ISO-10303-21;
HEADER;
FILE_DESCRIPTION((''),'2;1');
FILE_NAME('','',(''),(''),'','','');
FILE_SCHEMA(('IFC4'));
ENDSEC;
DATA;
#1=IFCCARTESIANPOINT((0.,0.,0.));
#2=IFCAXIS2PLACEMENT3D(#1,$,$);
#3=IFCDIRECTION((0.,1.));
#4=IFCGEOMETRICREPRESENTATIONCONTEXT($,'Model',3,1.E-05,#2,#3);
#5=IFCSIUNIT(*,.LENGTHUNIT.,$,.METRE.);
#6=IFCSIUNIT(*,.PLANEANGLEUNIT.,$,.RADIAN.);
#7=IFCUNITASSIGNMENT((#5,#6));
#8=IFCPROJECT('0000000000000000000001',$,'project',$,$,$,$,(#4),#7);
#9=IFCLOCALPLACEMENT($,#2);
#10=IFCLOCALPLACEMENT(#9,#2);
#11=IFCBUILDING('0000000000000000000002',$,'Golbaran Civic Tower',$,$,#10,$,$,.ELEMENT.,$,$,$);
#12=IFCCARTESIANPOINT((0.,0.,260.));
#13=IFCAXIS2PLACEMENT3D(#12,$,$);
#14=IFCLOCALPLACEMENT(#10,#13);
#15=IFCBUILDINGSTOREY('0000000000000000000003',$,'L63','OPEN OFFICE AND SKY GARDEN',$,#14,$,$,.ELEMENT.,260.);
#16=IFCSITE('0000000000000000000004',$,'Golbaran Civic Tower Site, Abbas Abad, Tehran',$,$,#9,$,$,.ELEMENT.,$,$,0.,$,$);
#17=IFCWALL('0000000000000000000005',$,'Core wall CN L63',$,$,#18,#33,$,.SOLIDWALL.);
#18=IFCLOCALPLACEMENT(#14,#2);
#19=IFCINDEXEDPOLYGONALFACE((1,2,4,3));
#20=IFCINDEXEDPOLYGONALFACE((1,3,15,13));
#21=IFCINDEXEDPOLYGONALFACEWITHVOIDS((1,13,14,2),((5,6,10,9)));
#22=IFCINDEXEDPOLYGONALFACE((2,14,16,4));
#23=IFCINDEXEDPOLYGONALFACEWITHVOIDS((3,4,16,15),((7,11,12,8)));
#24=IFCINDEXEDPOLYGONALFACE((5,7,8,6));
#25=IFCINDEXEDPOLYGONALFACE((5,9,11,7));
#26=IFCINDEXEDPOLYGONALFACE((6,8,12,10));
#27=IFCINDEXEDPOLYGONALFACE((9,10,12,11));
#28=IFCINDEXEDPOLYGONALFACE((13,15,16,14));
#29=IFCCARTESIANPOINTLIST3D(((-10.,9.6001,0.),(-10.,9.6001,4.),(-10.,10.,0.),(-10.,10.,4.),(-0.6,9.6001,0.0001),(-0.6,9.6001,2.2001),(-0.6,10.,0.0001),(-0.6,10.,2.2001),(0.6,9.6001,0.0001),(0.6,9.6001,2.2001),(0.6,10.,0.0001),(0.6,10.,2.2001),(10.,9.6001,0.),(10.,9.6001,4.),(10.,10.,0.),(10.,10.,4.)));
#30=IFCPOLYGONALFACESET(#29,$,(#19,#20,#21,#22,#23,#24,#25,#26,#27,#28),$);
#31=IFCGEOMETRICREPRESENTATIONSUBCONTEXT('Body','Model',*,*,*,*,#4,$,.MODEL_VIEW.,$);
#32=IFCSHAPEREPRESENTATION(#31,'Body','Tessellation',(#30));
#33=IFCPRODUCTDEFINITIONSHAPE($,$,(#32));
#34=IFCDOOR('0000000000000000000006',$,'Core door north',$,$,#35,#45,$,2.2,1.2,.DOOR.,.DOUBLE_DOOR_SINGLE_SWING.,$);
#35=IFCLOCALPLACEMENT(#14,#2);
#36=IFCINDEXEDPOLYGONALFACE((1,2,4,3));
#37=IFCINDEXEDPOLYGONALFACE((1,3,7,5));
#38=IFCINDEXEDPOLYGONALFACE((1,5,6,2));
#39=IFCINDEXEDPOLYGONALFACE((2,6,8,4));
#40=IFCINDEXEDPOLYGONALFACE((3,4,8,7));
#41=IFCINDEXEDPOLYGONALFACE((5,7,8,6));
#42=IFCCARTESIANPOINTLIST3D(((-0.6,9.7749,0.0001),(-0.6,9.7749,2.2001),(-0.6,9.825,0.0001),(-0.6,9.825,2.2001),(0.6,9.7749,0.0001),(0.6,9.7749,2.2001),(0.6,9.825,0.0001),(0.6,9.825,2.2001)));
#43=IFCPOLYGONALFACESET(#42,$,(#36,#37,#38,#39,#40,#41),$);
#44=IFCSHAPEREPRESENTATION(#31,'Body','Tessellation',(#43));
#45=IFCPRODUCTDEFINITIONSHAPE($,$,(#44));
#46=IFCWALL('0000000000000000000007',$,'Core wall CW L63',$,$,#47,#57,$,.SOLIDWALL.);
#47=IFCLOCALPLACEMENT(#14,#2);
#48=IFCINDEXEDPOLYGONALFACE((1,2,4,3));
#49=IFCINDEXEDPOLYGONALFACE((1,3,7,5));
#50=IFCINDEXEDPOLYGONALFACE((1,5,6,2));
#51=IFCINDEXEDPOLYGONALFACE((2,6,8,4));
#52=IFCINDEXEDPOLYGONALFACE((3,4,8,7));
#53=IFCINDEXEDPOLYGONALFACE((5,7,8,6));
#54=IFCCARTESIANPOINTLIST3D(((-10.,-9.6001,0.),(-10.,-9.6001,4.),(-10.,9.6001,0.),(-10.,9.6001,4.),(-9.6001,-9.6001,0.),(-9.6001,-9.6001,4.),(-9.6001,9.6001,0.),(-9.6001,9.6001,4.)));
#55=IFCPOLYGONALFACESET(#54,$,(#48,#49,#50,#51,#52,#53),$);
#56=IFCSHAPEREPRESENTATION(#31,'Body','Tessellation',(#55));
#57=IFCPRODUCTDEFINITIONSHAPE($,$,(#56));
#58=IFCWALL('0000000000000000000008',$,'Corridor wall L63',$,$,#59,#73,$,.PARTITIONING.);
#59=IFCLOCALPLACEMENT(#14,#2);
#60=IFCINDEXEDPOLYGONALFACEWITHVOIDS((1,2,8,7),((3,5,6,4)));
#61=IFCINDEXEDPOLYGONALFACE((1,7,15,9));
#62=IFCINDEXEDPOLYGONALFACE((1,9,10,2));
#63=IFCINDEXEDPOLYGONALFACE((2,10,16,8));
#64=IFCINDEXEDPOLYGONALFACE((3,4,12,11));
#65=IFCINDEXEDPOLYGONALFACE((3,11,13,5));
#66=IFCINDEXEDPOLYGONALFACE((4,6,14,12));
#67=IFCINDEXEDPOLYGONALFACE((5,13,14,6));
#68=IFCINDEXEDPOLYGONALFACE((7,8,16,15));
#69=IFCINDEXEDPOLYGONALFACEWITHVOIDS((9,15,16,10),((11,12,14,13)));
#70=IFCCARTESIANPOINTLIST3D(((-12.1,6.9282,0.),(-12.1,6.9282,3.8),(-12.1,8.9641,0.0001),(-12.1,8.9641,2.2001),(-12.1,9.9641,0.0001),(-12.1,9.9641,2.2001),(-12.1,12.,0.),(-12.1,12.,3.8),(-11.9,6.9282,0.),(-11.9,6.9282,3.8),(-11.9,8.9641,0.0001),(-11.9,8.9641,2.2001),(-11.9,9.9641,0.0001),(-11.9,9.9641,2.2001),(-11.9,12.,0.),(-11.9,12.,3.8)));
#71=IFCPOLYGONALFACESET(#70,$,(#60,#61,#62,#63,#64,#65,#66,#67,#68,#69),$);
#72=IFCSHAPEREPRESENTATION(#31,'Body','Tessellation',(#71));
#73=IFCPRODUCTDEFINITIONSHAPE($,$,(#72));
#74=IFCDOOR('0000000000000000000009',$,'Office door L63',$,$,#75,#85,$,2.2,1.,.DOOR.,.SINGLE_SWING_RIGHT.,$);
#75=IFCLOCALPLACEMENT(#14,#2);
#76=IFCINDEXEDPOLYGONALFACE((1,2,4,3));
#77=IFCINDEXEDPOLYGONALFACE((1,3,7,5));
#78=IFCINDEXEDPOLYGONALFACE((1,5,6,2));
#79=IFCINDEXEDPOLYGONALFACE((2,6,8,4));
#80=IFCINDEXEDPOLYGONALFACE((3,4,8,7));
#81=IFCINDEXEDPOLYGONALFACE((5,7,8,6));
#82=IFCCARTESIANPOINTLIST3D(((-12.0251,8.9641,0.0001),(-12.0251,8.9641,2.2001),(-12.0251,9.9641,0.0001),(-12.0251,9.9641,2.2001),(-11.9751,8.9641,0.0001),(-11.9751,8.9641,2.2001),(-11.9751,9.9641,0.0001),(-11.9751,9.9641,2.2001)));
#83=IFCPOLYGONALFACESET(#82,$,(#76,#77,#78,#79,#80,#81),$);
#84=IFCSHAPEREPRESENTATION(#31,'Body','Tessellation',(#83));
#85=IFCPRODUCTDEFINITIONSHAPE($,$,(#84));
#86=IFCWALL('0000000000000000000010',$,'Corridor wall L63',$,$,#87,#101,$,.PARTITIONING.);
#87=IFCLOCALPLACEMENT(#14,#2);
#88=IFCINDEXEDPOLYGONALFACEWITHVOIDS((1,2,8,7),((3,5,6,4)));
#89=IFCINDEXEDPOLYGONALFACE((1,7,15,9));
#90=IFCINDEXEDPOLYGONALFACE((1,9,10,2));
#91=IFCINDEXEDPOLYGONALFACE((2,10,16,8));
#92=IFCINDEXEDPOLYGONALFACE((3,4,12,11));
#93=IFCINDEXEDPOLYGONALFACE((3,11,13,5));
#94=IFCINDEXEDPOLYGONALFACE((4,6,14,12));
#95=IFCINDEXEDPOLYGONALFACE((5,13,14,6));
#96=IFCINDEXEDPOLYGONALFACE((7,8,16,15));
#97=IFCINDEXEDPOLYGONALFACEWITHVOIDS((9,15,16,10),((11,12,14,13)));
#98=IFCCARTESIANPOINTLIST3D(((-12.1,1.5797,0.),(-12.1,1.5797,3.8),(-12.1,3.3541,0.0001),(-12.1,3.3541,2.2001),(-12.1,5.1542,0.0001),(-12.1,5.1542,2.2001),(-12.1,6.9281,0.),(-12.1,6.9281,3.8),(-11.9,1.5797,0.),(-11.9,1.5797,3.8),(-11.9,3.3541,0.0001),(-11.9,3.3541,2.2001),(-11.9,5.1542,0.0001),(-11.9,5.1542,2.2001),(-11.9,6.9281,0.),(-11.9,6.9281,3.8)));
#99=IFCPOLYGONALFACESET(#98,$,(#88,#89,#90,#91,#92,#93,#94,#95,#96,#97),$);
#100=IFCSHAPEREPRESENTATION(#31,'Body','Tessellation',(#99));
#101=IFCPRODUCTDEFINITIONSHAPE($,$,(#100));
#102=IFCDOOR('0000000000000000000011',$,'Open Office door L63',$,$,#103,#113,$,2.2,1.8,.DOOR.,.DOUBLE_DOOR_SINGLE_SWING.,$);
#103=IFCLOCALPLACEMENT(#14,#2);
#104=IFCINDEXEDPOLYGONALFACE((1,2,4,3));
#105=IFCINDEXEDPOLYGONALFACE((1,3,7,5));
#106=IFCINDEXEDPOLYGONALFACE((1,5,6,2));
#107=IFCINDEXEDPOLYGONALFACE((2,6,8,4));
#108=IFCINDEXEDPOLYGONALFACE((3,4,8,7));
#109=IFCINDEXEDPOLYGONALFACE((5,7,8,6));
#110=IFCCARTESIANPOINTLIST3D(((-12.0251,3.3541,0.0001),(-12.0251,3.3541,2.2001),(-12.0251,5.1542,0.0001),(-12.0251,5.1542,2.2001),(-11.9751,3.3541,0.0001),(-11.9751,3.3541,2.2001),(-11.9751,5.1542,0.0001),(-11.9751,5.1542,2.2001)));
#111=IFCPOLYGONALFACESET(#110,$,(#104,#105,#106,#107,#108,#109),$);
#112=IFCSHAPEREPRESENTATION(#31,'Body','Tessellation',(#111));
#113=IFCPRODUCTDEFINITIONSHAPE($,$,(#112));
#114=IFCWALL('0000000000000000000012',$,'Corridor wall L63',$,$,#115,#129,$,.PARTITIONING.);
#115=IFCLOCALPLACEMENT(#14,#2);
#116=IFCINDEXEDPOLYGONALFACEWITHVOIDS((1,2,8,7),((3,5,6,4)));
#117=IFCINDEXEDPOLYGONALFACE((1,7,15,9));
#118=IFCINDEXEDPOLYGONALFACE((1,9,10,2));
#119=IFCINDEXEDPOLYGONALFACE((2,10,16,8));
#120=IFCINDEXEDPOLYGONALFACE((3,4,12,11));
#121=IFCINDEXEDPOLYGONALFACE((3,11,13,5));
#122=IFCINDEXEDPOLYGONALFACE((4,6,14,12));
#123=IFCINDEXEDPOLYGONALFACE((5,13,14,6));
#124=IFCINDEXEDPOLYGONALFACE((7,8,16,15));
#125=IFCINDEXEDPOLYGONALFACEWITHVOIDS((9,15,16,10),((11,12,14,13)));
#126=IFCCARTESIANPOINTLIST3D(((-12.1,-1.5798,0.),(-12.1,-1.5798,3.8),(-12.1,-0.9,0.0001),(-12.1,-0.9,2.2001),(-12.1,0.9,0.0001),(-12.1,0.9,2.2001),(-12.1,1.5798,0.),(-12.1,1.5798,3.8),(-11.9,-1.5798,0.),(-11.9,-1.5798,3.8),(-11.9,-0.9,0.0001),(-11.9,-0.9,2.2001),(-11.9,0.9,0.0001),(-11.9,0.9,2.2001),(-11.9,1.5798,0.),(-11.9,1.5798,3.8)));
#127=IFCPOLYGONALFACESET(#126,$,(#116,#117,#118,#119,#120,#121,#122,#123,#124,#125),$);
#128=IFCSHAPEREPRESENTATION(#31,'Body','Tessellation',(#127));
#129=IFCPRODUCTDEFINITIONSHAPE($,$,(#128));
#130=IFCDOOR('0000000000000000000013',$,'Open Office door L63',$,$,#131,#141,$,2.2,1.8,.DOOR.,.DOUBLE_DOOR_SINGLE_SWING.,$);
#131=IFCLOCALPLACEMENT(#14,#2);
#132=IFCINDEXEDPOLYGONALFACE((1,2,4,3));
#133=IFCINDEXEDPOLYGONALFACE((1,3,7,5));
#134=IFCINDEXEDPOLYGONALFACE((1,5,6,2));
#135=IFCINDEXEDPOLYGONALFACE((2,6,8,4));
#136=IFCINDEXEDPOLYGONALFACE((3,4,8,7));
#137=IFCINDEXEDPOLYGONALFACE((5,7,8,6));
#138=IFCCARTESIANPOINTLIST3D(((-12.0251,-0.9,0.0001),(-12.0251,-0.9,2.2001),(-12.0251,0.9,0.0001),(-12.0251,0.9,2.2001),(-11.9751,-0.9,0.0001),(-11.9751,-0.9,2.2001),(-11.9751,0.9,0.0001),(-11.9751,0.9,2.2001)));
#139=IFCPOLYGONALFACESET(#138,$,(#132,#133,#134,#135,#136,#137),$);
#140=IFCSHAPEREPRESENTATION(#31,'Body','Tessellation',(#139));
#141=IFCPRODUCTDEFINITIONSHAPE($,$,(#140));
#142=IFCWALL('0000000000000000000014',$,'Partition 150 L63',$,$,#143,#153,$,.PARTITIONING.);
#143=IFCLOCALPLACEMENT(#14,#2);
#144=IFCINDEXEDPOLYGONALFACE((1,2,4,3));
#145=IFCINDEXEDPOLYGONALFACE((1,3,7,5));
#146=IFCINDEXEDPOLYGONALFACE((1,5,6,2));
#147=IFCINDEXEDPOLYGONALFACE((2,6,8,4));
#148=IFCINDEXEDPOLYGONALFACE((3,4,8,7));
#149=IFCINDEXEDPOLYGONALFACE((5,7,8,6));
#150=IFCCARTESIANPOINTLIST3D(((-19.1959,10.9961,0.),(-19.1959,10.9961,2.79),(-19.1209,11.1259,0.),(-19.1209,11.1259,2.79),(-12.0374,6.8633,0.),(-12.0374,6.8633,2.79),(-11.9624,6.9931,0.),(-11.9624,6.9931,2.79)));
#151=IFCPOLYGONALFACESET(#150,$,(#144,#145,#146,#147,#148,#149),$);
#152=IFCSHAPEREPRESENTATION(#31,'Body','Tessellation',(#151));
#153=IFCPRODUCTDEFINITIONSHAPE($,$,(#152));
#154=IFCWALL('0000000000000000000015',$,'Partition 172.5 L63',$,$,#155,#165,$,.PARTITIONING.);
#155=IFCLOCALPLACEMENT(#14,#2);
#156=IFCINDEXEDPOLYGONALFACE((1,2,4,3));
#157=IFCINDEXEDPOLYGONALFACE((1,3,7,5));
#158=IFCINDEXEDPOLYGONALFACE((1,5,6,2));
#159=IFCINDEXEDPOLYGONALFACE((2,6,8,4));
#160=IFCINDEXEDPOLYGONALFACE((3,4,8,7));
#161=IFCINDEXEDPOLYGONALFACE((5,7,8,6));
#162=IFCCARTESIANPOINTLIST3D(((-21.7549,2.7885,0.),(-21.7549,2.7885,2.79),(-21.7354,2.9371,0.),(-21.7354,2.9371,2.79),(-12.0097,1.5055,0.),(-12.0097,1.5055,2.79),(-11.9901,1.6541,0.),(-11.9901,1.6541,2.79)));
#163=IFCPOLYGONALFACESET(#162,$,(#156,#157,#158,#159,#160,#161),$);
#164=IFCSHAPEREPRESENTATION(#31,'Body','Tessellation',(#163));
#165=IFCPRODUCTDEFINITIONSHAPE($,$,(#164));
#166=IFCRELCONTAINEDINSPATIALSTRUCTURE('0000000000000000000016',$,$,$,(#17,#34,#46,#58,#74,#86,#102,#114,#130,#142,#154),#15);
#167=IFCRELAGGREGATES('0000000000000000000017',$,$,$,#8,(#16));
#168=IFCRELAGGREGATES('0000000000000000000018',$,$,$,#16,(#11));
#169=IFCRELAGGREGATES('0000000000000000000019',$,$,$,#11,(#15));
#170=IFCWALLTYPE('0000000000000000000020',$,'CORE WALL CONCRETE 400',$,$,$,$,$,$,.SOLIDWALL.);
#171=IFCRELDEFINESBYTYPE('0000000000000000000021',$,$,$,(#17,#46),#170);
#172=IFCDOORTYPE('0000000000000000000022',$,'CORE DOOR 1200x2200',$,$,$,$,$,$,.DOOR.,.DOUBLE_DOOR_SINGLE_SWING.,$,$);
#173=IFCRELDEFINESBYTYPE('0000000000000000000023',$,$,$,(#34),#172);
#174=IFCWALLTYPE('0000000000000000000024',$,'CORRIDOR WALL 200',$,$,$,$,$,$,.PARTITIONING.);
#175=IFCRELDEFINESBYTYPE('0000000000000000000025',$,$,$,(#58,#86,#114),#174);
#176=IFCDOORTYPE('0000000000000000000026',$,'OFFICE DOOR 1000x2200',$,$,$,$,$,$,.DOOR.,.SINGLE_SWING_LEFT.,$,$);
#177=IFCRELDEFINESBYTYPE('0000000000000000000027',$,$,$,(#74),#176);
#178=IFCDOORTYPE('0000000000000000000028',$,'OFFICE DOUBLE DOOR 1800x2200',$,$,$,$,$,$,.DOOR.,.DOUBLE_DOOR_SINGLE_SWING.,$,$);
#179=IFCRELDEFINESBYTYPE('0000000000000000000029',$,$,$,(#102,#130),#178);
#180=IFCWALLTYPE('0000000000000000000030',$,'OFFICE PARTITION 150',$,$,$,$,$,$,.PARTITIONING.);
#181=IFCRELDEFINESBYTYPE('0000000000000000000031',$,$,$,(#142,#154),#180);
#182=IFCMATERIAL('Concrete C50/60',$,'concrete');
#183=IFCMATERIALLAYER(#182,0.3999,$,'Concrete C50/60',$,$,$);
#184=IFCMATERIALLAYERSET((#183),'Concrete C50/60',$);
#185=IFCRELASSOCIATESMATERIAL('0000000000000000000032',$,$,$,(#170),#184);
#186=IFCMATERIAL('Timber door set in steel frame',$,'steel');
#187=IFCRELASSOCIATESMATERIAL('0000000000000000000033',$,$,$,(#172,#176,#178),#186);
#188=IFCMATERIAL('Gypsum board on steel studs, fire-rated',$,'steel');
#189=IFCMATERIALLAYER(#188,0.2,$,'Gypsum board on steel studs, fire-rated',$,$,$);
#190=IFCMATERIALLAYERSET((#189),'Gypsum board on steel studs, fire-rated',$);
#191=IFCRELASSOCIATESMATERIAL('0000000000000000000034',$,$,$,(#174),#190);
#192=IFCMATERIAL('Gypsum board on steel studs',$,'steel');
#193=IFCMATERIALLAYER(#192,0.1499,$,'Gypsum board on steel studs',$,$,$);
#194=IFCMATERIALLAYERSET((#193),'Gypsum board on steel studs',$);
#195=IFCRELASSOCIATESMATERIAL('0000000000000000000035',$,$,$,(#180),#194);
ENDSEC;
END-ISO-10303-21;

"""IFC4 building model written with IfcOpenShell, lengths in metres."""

from ifc_helpers import new_model, si_unit, direction, frame, frame_2d, origin, place, context, subcontext, project, spatial, rectangle, extrude, material, layer, layer_set, type_object, element, fill, save


model = new_model("IFC4")

# Units and contexts
model_context = context("Model", 3, precision=1e-05, world=origin(), true_north=direction((0.0, 1.0)))
body_context = subcontext(model_context, "Body", "Model", "MODEL_VIEW")
ifc_project = project(units=[si_unit("LENGTHUNIT", "METRE"), si_unit("PLANEANGLEUNIT", "RADIAN")], contexts=[model_context])

# Site, building, storey
site_placement = place(None, origin())
site = spatial("IfcSite", under=ifc_project, at=site_placement, Name="Golbaran Civic Tower Site, Abbas Abad, Tehran", CompositionType="ELEMENT", RefElevation=0.0)
building_placement = place(site_placement, origin())
building = spatial("IfcBuilding", under=site, at=building_placement, Name="Golbaran Civic Tower", CompositionType="ELEMENT")
storey_placement = place(building_placement, frame((0.0, 0.0, 260.0)))
storey = spatial("IfcBuildingStorey", under=building, at=storey_placement, Name="L63", Description="OPEN OFFICE AND SKY GARDEN", CompositionType="ELEMENT", Elevation=260.0)

# Wall, opening, door
ifc_material_1 = material(Name="Concrete C50/60", Category="concrete")
ifc_layer_1 = layer(ifc_material_1, 0.3999, Name="Concrete C50/60")
ifc_layer_set_1 = layer_set([ifc_layer_1], Name="Concrete C50/60")
wall_type_1 = type_object("IfcWallType", Name="CORE WALL CONCRETE 400", PredefinedType="SOLIDWALL", material=ifc_layer_set_1)
wall_1_placement = place(storey_placement, frame((-10.0, 9.8, 0.0), z_axis=(0.0, 0.0, 1.0), x_axis=(1.0, 0.0, 0.0)))
wall_1 = element("IfcWall", 1, at=wall_1_placement, inside=storey, type_object=wall_type_1, Name="Core wall CN L63", PredefinedType="SOLIDWALL", context=body_context, shape_type="SweptSolid", body=[
    extrude(rectangle(XDim=20.0, YDim=0.3999, at=frame_2d((10.0, 0.0))), origin(), (0.0, 0.0, 1.0), 4.0),
])
opening_1_placement = place(wall_1_placement, frame((9.3999, 0.0, 0.0)))
opening_1 = element("IfcOpeningElement", 2, at=opening_1_placement, cuts=wall_1, PredefinedType="OPENING", context=body_context, shape_type="SweptSolid", body=[
    extrude(rectangle(XDim=1.2, YDim=2.2, at=frame_2d((0.6001, 1.1001))), frame((0.0, 0.21, 0.0), z_axis=(0.0, -1.0, 0.0), x_axis=(1.0, 0.0, 0.0)), (0.0, 0.0, 1.0), 0.4199),
])
ifc_material_2 = material(Name="Timber door set in steel frame", Category="steel")
door_type_1 = type_object("IfcDoorType", Name="CORE DOOR 1200x2200", OperationType="DOUBLE_DOOR_SINGLE_SWING", PredefinedType="DOOR", material=ifc_material_2)
door_1_placement = place(opening_1_placement, origin())
door_1 = element("IfcDoor", 3, at=door_1_placement, inside=storey, type_object=door_type_1, Name="Core door north", OperationType="DOUBLE_DOOR_SINGLE_SWING", OverallHeight=2.2, OverallWidth=1.2, PredefinedType="DOOR", context=body_context, shape_type="SweptSolid", body=[
    extrude(rectangle(XDim=1.2, YDim=2.2, at=frame_2d((0.6001, 1.1001))), frame((0.0, 0.0249, 0.0), z_axis=(0.0, -1.0, 0.0), x_axis=(1.0, 0.0, 0.0)), (0.0, 0.0, 1.0), 0.05),
])
fill(opening_1, door_1)

# Wall
wall_2_placement = place(storey_placement, frame((-9.8, 9.6001, 0.0), z_axis=(0.0, 0.0, 1.0), x_axis=(0.0, -1.0, 0.0)))
element("IfcWall", 4, at=wall_2_placement, inside=storey, type_object=wall_type_1, Name="Core wall CW L63", PredefinedType="SOLIDWALL", context=body_context, shape_type="SweptSolid", body=[
    extrude(rectangle(XDim=19.2002, YDim=0.3999, at=frame_2d((9.6001, 0.0))), origin(), (0.0, 0.0, 1.0), 4.0),
])

# Walls, openings, doors
ifc_material_3 = material(Name="Gypsum board on steel studs, fire-rated", Category="steel")
ifc_layer_2 = layer(ifc_material_3, 0.2, Name="Gypsum board on steel studs, fire-rated")
ifc_layer_set_2 = layer_set([ifc_layer_2], Name="Gypsum board on steel studs, fire-rated")
wall_type_2 = type_object("IfcWallType", Name="CORRIDOR WALL 200", PredefinedType="PARTITIONING", material=ifc_layer_set_2)
wall_3_placement = place(storey_placement, frame((-12.0, 12.0, 0.0), z_axis=(0.0, 0.0, 1.0), x_axis=(0.0, -1.0, 0.0)))
wall_3 = element("IfcWall", 5, at=wall_3_placement, inside=storey, type_object=wall_type_2, Name="Corridor wall L63", PredefinedType="PARTITIONING", context=body_context, shape_type="SweptSolid", body=[
    extrude(rectangle(XDim=5.0718, YDim=0.2, at=frame_2d((2.5359, 0.0))), origin(), (0.0, 0.0, 1.0), 3.8),
])
opening_2_placement = place(wall_3_placement, frame((2.0359, 0.0, 0.0)))
opening_2 = element("IfcOpeningElement", 6, at=opening_2_placement, cuts=wall_3, PredefinedType="OPENING", context=body_context, shape_type="SweptSolid", body=[
    extrude(rectangle(XDim=1.0, YDim=2.2, at=frame_2d((0.5, 1.1001))), frame((0.0, 0.1099, 0.0), z_axis=(0.0, -1.0, 0.0), x_axis=(1.0, 0.0, 0.0)), (0.0, 0.0, 1.0), 0.22),
])
door_type_2 = type_object("IfcDoorType", Name="OFFICE DOOR 1000x2200", OperationType="SINGLE_SWING_LEFT", PredefinedType="DOOR", material=ifc_material_2)
door_2_placement = place(opening_2_placement, origin())
door_2 = element("IfcDoor", 7, at=door_2_placement, inside=storey, type_object=door_type_2, Name="Office door L63", OperationType="SINGLE_SWING_RIGHT", OverallHeight=2.2, OverallWidth=1.0, PredefinedType="DOOR", context=body_context, shape_type="SweptSolid", body=[
    extrude(rectangle(XDim=1.0, YDim=2.2, at=frame_2d((0.5, 1.1001))), frame((0.0, 0.0249, 0.0), z_axis=(0.0, -1.0, 0.0), x_axis=(1.0, 0.0, 0.0)), (0.0, 0.0, 1.0), 0.05),
])
fill(opening_2, door_2)
wall_4_placement = place(storey_placement, frame((-12.0, 6.9282, 0.0), z_axis=(0.0, 0.0, 1.0), x_axis=(0.0, -1.0, 0.0)))
wall_4 = element("IfcWall", 8, at=wall_4_placement, inside=storey, type_object=wall_type_2, Name="Corridor wall L63", PredefinedType="PARTITIONING", context=body_context, shape_type="SweptSolid", body=[
    extrude(rectangle(XDim=5.3484, YDim=0.2, at=frame_2d((2.6743, 0.0))), origin(), (0.0, 0.0, 1.0), 3.8),
])
opening_3_placement = place(wall_4_placement, frame((1.7742, 0.0, 0.0)))
opening_3 = element("IfcOpeningElement", 9, at=opening_3_placement, cuts=wall_4, PredefinedType="OPENING", context=body_context, shape_type="SweptSolid", body=[
    extrude(rectangle(XDim=1.8, YDim=2.2, at=frame_2d((0.8999, 1.1001))), frame((0.0, 0.1099, 0.0), z_axis=(0.0, -1.0, 0.0), x_axis=(1.0, 0.0, 0.0)), (0.0, 0.0, 1.0), 0.22),
])
door_type_3 = type_object("IfcDoorType", Name="OFFICE DOUBLE DOOR 1800x2200", OperationType="DOUBLE_DOOR_SINGLE_SWING", PredefinedType="DOOR", material=ifc_material_2)
door_3_placement = place(opening_3_placement, origin())
door_3 = element("IfcDoor", 10, at=door_3_placement, inside=storey, type_object=door_type_3, Name="Open Office door L63", OperationType="DOUBLE_DOOR_SINGLE_SWING", OverallHeight=2.2, OverallWidth=1.8, PredefinedType="DOOR", context=body_context, shape_type="SweptSolid", body=[
    extrude(rectangle(XDim=1.8, YDim=2.2, at=frame_2d((0.8999, 1.1001))), frame((0.0, 0.0249, 0.0), z_axis=(0.0, -1.0, 0.0), x_axis=(1.0, 0.0, 0.0)), (0.0, 0.0, 1.0), 0.05),
])
fill(opening_3, door_3)
wall_5_placement = place(storey_placement, frame((-12.0, 1.5798, 0.0), z_axis=(0.0, 0.0, 1.0), x_axis=(0.0, -1.0, 0.0)))
wall_5 = element("IfcWall", 11, at=wall_5_placement, inside=storey, type_object=wall_type_2, Name="Corridor wall L63", PredefinedType="PARTITIONING", context=body_context, shape_type="SweptSolid", body=[
    extrude(rectangle(XDim=3.1597, YDim=0.2, at=frame_2d((1.5798, 0.0))), origin(), (0.0, 0.0, 1.0), 3.8),
])
opening_4_placement = place(wall_5_placement, frame((0.6799, 0.0, 0.0)))
opening_4 = element("IfcOpeningElement", 12, at=opening_4_placement, cuts=wall_5, PredefinedType="OPENING", context=body_context, shape_type="SweptSolid", body=[
    extrude(rectangle(XDim=1.8, YDim=2.2, at=frame_2d((0.8999, 1.1001))), frame((0.0, 0.1099, 0.0), z_axis=(0.0, -1.0, 0.0), x_axis=(1.0, 0.0, 0.0)), (0.0, 0.0, 1.0), 0.22),
])
door_4_placement = place(opening_4_placement, origin())
door_4 = element("IfcDoor", 13, at=door_4_placement, inside=storey, type_object=door_type_3, Name="Open Office door L63", OperationType="DOUBLE_DOOR_SINGLE_SWING", OverallHeight=2.2, OverallWidth=1.8, PredefinedType="DOOR", context=body_context, shape_type="SweptSolid", body=[
    extrude(rectangle(XDim=1.8, YDim=2.2, at=frame_2d((0.8999, 1.1001))), frame((0.0, 0.0249, 0.0), z_axis=(0.0, -1.0, 0.0), x_axis=(1.0, 0.0, 0.0)), (0.0, 0.0, 1.0), 0.05),
])
fill(opening_4, door_4)

# Walls
ifc_material_4 = material(Name="Gypsum board on steel studs", Category="steel")
ifc_layer_3 = layer(ifc_material_4, 0.1499, Name="Gypsum board on steel studs")
ifc_layer_set_3 = layer_set([ifc_layer_3], Name="Gypsum board on steel studs")
wall_type_3 = type_object("IfcWallType", Name="OFFICE PARTITION 150", PredefinedType="PARTITIONING", material=ifc_layer_set_3)
wall_6_placement = place(storey_placement, frame((-12.0, 6.9282, 0.0), z_axis=(0.0, 0.0, 1.0), x_axis=(-0.866032, 0.499989, 0.0)))
element("IfcWall", 14, at=wall_6_placement, inside=storey, type_object=wall_type_3, Name="Partition 150 L63", PredefinedType="PARTITIONING", context=body_context, shape_type="SweptSolid", body=[
    extrude(rectangle(XDim=8.2659, YDim=0.1499, at=frame_2d((4.1328, 0.0))), origin(), (0.0, 0.0, 1.0), 2.79),
])
wall_7_placement = place(storey_placement, frame((-12.0, 1.5798, 0.0), z_axis=(0.0, 0.0, 1.0), x_axis=(-0.991445, 0.130522, 0.0)))
element("IfcWall", 15, at=wall_7_placement, inside=storey, type_object=wall_type_3, Name="Partition 172.5 L63", PredefinedType="PARTITIONING", context=body_context, shape_type="SweptSolid", body=[
    extrude(rectangle(XDim=9.8293, YDim=0.1499, at=frame_2d((4.9146, 0.0))), origin(), (0.0, 0.0, 1.0), 2.79),
])

save(model, "model.ifc")
